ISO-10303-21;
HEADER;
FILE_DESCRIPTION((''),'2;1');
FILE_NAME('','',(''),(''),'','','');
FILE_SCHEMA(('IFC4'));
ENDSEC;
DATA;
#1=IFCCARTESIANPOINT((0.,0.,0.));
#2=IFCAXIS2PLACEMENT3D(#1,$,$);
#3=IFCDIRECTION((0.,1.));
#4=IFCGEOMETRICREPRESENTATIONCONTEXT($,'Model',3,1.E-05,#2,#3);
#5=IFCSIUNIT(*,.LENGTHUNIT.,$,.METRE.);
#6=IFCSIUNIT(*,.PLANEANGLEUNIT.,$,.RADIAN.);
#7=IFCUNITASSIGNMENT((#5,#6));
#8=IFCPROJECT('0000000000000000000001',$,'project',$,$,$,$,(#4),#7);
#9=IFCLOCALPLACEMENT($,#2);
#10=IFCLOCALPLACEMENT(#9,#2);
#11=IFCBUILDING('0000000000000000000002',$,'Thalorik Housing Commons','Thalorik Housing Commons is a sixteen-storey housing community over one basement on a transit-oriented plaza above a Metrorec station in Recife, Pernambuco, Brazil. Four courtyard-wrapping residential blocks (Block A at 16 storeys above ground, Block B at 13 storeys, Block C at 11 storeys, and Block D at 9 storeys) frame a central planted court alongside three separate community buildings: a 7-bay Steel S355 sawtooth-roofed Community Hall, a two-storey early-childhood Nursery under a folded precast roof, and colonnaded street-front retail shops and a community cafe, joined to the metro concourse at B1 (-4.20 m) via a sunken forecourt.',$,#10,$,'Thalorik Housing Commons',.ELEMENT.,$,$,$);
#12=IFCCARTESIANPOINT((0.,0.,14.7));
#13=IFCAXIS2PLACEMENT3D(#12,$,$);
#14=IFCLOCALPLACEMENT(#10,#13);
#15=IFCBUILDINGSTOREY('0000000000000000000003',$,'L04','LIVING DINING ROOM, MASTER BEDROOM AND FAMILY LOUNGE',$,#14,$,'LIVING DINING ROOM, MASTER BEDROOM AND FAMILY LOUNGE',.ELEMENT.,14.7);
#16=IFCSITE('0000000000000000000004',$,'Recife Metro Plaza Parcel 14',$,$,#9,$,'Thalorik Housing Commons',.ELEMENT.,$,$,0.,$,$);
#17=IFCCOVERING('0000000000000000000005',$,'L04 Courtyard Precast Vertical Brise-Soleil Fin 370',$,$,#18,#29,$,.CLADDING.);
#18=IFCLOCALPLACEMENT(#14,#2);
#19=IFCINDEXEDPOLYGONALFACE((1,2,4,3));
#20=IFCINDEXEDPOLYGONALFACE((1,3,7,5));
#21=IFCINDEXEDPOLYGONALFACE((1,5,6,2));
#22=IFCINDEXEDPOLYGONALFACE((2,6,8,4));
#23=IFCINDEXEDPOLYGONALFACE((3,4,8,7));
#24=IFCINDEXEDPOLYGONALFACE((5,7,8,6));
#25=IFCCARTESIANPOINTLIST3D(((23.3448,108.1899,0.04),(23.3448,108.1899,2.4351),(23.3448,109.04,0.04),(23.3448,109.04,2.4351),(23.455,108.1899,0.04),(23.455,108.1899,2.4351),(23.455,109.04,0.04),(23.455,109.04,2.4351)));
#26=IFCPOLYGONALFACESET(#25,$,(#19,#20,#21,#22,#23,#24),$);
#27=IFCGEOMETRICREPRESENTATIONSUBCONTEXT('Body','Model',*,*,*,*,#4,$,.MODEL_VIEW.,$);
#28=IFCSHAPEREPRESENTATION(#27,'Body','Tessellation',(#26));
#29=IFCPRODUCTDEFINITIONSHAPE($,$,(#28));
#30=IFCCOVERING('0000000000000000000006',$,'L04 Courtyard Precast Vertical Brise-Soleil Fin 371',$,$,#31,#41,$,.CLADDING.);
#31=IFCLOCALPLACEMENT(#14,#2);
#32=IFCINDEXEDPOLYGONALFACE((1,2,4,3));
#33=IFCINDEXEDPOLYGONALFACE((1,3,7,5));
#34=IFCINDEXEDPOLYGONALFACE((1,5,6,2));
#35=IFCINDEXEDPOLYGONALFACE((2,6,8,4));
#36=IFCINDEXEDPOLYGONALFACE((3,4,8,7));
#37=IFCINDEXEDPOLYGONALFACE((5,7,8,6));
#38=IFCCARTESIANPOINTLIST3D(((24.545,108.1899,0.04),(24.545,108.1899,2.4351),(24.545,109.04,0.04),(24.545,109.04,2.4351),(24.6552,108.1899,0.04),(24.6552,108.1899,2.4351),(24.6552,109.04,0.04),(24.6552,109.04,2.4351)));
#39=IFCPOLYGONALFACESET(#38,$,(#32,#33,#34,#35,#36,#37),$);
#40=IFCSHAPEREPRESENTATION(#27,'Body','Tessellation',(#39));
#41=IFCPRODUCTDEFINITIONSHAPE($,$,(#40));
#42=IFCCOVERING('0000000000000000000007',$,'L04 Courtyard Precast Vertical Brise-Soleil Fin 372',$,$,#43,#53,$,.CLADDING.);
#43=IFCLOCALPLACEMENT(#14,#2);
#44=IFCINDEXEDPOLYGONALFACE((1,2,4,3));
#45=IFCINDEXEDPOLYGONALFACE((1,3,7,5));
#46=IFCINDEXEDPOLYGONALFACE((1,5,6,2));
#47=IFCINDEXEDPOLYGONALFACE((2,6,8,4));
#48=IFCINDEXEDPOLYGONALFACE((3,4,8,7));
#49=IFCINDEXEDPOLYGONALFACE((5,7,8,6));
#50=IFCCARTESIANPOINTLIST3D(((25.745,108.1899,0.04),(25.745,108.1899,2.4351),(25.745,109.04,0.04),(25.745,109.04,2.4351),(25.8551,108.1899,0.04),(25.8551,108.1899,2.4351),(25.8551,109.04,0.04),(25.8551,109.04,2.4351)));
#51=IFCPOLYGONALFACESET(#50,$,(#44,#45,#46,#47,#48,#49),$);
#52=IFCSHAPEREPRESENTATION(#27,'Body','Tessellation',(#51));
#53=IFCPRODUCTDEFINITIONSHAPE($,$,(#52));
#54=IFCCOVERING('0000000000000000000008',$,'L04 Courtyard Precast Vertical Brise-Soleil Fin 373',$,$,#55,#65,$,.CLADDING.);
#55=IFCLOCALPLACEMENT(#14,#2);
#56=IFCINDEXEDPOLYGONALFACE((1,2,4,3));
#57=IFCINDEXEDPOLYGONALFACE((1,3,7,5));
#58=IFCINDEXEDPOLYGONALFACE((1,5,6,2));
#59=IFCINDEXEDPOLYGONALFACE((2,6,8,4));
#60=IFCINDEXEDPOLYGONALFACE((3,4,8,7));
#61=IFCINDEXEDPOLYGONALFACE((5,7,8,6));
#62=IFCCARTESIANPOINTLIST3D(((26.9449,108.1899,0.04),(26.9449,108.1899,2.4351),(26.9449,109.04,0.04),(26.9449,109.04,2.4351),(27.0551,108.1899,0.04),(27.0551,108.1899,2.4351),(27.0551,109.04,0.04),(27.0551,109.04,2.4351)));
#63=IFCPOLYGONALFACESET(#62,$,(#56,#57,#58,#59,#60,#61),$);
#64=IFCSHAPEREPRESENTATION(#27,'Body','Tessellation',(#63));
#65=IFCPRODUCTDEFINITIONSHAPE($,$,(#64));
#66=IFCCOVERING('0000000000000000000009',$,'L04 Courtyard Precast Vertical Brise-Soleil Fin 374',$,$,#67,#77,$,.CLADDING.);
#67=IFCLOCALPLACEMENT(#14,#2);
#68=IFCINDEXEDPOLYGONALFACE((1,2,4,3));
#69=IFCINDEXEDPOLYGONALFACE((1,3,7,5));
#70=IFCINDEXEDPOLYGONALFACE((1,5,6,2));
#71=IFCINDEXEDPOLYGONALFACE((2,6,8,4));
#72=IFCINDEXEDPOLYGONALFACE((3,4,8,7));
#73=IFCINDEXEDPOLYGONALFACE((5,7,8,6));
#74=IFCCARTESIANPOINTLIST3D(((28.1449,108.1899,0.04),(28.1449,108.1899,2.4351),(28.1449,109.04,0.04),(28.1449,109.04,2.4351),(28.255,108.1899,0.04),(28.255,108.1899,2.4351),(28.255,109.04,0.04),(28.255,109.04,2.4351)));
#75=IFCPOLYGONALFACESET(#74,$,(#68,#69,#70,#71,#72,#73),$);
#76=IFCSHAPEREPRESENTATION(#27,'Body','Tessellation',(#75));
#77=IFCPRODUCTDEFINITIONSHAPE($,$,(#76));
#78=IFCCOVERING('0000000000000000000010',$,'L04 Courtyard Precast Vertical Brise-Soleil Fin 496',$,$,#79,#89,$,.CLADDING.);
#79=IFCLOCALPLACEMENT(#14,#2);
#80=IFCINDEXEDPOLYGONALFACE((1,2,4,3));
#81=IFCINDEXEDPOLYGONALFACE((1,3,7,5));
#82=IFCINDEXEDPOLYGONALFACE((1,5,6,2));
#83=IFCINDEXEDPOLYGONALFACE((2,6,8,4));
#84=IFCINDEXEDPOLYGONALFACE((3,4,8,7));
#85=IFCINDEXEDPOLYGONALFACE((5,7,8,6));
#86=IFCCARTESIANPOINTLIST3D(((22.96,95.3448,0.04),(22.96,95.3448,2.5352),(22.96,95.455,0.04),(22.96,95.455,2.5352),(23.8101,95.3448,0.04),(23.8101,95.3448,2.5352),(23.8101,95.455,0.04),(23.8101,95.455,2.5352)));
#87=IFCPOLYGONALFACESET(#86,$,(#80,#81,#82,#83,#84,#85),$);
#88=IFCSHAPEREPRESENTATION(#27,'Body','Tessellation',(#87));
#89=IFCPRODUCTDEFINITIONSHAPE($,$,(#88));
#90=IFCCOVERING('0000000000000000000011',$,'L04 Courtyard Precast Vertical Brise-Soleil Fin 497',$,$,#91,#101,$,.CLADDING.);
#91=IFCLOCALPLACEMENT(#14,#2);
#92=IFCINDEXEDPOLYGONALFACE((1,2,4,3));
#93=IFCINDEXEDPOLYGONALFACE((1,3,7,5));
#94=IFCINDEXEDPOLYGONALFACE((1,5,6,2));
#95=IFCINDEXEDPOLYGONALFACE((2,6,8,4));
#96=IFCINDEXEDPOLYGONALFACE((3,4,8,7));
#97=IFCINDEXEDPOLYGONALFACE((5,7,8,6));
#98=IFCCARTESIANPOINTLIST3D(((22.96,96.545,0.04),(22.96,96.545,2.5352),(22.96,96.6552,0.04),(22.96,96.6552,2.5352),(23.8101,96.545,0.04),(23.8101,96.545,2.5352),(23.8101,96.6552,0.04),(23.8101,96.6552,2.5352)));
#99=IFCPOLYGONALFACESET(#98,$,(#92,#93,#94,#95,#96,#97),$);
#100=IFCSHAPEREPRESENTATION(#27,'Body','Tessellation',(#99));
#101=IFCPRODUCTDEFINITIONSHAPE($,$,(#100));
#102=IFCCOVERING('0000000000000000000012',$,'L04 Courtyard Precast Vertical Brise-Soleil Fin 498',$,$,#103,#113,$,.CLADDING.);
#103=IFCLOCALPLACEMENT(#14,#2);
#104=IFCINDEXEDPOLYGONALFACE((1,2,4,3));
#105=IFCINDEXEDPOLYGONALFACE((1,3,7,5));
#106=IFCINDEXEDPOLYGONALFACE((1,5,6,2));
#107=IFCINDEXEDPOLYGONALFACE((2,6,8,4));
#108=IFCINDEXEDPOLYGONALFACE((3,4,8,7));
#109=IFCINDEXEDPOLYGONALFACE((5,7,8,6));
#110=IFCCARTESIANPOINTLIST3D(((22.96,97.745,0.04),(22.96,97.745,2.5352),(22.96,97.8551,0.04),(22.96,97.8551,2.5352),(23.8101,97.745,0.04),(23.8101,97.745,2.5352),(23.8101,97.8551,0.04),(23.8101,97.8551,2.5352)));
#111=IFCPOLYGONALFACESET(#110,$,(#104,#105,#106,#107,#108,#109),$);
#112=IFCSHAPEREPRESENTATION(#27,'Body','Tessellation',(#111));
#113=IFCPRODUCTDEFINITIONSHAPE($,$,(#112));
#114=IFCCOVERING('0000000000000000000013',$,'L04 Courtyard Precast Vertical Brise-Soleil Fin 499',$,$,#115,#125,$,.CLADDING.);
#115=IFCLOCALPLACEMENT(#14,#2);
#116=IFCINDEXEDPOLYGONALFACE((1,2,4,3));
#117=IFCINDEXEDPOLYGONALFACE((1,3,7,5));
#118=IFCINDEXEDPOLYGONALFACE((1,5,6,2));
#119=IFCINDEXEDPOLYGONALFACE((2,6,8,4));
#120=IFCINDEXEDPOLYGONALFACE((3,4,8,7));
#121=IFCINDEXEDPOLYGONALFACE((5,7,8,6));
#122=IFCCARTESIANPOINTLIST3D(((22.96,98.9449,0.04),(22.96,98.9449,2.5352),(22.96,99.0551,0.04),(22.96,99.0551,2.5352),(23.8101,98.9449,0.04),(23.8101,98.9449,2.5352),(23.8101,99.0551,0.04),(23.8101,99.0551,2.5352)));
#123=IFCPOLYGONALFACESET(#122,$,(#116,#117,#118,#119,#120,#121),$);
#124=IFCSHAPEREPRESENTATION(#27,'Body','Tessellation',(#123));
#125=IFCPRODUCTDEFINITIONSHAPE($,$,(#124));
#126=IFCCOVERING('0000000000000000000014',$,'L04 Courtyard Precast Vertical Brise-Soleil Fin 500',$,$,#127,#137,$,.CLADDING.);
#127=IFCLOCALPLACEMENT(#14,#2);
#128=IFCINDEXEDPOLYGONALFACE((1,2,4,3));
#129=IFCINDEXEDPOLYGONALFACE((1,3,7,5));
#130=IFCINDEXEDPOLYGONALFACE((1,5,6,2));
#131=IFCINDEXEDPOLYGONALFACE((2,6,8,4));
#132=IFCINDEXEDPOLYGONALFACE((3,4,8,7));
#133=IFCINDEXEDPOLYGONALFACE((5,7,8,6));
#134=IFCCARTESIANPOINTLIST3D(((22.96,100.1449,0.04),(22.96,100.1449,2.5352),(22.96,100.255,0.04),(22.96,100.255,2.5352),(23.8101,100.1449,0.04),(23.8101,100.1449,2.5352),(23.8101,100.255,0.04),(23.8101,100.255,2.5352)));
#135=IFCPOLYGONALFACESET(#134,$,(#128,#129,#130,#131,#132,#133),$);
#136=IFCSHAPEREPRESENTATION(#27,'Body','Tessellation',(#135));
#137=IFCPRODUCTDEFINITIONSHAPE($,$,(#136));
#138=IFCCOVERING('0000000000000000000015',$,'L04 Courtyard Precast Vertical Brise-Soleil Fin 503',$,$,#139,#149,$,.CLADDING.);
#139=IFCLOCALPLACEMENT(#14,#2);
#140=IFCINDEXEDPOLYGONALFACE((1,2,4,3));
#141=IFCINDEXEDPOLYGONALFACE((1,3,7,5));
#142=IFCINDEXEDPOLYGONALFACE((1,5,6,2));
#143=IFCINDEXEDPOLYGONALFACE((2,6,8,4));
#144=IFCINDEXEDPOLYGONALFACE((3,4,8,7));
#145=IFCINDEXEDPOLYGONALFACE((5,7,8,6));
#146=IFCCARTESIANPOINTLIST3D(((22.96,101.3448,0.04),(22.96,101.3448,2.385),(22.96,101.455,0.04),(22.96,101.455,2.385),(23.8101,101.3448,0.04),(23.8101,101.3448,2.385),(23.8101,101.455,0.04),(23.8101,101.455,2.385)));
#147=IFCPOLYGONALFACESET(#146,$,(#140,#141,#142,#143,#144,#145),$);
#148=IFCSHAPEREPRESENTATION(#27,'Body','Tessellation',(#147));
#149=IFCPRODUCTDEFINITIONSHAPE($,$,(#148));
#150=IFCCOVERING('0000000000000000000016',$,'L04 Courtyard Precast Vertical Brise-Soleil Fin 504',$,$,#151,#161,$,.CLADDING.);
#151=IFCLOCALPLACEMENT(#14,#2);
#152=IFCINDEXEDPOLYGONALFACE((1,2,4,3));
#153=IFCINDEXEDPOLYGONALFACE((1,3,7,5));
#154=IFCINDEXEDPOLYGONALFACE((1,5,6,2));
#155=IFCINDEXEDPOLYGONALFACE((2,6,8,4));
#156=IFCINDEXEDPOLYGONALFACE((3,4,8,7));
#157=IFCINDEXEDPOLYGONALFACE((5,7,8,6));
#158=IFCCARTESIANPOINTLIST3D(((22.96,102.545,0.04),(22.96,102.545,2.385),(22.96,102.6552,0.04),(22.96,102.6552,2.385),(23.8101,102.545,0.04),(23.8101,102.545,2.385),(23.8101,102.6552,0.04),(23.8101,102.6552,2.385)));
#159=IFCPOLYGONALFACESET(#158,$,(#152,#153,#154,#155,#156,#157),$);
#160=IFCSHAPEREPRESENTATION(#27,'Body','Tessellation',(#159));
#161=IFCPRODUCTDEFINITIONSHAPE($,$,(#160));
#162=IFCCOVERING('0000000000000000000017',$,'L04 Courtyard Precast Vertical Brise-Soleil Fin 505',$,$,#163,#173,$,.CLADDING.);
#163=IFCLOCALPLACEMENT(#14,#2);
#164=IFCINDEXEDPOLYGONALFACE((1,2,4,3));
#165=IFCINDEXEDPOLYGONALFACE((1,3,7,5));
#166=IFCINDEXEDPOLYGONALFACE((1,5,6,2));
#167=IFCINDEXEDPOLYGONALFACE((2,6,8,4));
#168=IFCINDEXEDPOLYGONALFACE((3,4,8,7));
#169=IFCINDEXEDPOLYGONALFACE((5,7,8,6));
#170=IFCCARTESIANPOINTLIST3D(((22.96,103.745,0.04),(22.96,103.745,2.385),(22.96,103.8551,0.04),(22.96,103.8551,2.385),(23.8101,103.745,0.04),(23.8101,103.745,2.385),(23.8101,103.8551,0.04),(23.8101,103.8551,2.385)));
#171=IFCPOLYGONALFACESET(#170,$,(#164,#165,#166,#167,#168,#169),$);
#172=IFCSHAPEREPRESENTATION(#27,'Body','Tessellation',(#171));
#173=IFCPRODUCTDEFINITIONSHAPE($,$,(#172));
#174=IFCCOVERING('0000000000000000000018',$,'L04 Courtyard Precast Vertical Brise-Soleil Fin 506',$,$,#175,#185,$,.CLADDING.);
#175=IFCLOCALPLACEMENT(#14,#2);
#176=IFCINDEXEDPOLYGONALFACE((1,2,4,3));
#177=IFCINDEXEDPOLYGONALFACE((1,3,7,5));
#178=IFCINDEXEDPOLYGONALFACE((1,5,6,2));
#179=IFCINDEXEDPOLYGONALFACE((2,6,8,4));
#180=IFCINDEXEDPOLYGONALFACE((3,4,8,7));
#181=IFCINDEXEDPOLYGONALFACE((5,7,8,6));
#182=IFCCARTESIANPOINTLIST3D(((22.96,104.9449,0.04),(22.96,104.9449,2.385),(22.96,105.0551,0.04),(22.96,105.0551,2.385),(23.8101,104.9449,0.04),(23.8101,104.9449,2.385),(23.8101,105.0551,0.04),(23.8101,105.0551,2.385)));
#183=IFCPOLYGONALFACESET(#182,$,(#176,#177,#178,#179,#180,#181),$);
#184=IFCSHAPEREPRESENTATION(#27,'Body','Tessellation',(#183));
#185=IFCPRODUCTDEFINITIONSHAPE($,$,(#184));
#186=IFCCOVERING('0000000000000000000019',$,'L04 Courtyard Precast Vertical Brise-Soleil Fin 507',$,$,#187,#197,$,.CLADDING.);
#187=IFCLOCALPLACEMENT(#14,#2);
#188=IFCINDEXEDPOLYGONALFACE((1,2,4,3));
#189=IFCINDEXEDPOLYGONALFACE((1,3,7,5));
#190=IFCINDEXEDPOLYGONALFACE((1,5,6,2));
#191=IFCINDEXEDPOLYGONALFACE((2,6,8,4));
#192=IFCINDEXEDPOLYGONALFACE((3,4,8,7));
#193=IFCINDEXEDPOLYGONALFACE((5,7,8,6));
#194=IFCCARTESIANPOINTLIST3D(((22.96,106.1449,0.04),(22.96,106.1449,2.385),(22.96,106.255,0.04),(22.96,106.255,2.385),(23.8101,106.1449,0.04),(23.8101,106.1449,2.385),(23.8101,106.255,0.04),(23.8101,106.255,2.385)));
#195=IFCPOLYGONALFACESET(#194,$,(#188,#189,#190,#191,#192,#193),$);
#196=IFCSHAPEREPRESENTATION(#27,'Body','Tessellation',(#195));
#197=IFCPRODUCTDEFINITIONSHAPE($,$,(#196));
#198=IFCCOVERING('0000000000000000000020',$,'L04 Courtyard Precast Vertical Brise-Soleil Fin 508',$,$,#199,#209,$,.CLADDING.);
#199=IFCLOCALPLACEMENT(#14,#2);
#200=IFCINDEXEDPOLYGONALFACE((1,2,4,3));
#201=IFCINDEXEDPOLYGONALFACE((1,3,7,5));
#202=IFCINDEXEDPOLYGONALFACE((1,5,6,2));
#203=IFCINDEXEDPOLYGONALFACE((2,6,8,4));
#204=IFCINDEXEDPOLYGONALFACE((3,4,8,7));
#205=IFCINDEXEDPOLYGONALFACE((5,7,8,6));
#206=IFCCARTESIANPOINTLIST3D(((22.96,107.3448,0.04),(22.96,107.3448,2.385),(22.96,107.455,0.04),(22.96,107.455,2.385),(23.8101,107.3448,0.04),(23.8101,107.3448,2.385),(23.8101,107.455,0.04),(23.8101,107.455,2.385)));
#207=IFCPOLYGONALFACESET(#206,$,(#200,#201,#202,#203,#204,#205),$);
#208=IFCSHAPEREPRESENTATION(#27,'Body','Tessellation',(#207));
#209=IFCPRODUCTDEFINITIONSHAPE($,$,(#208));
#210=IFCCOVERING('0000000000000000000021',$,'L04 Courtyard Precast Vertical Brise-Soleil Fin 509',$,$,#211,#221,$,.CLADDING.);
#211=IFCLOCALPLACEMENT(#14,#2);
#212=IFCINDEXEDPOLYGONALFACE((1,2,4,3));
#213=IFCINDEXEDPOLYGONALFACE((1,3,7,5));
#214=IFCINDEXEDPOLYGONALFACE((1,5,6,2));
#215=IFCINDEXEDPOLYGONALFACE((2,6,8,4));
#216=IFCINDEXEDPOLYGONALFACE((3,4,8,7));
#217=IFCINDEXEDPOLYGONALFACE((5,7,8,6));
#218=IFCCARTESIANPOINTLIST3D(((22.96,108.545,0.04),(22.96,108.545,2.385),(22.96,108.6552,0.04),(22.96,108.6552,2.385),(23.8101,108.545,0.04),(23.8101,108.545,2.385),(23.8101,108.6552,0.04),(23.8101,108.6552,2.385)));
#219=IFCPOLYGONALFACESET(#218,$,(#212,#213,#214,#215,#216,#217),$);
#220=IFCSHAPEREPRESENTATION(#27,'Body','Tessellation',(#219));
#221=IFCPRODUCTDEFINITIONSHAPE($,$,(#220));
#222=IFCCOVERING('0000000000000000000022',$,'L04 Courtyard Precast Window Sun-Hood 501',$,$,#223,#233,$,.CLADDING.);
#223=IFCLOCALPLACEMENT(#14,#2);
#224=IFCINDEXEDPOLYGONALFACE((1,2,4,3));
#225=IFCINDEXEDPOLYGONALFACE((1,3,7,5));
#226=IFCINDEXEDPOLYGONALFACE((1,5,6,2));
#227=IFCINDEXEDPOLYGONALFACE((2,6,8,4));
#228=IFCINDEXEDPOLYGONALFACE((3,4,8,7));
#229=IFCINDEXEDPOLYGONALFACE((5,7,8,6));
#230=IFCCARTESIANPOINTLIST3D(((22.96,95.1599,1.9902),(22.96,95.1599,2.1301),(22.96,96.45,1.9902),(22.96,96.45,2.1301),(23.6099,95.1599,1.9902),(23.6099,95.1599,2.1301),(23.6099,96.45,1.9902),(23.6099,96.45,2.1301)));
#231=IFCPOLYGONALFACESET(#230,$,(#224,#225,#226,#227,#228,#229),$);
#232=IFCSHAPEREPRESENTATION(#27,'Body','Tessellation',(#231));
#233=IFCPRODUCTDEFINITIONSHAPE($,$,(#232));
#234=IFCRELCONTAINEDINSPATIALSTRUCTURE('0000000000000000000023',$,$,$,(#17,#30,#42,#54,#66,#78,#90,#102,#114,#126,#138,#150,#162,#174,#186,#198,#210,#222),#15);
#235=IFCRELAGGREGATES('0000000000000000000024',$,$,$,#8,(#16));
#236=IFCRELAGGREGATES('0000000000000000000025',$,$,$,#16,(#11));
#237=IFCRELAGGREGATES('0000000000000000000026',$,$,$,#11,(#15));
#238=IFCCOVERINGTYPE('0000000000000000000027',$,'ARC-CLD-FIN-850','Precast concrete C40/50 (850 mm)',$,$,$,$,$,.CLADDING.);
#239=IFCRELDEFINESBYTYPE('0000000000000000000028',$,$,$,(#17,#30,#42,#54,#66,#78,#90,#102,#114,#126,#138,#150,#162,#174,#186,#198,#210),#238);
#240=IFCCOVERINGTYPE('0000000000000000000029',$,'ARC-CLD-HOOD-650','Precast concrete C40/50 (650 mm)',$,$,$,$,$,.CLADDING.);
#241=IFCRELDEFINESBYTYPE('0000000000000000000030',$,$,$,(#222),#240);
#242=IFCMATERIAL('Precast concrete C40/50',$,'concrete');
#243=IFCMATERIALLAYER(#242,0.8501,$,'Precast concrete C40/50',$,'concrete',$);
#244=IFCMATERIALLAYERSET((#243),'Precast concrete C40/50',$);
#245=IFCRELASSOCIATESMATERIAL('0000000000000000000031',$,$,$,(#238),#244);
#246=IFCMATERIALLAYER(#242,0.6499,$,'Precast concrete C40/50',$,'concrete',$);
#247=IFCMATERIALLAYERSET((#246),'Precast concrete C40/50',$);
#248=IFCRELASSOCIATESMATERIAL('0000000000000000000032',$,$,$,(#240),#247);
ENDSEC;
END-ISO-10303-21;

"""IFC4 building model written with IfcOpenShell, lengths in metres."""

from ifc_helpers import new_model, si_unit, direction, frame, origin, origin_2d, place, context, subcontext, project, spatial, rectangle, extrude, material, layer, layer_set, type_object, element, save


model = new_model("IFC4")

# Units and contexts
model_context = context("Model", 3, precision=1e-05, world=origin(), true_north=direction((0.0, 1.0)))
body_context = subcontext(model_context, "Body", "Model", "MODEL_VIEW")
ifc_project = project(units=[si_unit("LENGTHUNIT", "METRE"), si_unit("PLANEANGLEUNIT", "RADIAN")], contexts=[model_context])

# Site, building, storey
site_placement = place(None, origin())
site = spatial("IfcSite", under=ifc_project, at=site_placement, Name="Recife Metro Plaza Parcel 14", LongName="Thalorik Housing Commons", CompositionType="ELEMENT", RefElevation=0.0)
building_placement = place(site_placement, origin())
building = spatial("IfcBuilding", under=site, at=building_placement, Name="Thalorik Housing Commons", Description="Thalorik Housing Commons is a sixteen-storey housing community over one basement on a transit-oriented plaza above a Metrorec station in Recife, Pernambuco, Brazil. Four courtyard-wrapping residential blocks (Block A at 16 storeys above ground, Block B at 13 storeys, Block C at 11 storeys, and Block D at 9 storeys) frame a central planted court alongside three separate community buildings: a 7-bay Steel S355 sawtooth-roofed Community Hall, a two-storey early-childhood Nursery under a folded precast roof, and colonnaded street-front retail shops and a community cafe, joined to the metro concourse at B1 (-4.20 m) via a sunken forecourt.", LongName="Thalorik Housing Commons", CompositionType="ELEMENT")
storey_placement = place(building_placement, frame((0.0, 0.0, 14.7)))
storey = spatial("IfcBuildingStorey", under=building, at=storey_placement, Name="L04", Description="LIVING DINING ROOM, MASTER BEDROOM AND FAMILY LOUNGE", LongName="LIVING DINING ROOM, MASTER BEDROOM AND FAMILY LOUNGE", CompositionType="ELEMENT", Elevation=14.7)

# Shared definitions
ifc_material_1 = material(Name="Precast concrete C40/50", Category="concrete")

# Coverings
ifc_layer_1 = layer(ifc_material_1, 0.8501, Name="Precast concrete C40/50", Category="concrete")
ifc_layer_set_1 = layer_set([ifc_layer_1], Name="Precast concrete C40/50")
covering_type_1 = type_object("IfcCoveringType", Name="ARC-CLD-FIN-850", Description="Precast concrete C40/50 (850 mm)", PredefinedType="CLADDING", material=ifc_layer_set_1)
for number, where, z_axis, x_axis, name in (
    (1, (23.3999, 108.615, 0.04), (0.0, 0.0, 1.0), (1.0, 0.0, 0.0), "L04 Courtyard Precast Vertical Brise-Soleil Fin 370"),
    (2, (24.6001, 108.615, 0.04), (0.0, 0.0, 1.0), (1.0, 0.0, 0.0), "L04 Courtyard Precast Vertical Brise-Soleil Fin 371"),
    (3, (25.8, 108.615, 0.04), (0.0, 0.0, 1.0), (1.0, 0.0, 0.0), "L04 Courtyard Precast Vertical Brise-Soleil Fin 372"),
    (4, (27.0, 108.615, 0.04), (0.0, 0.0, 1.0), (1.0, 0.0, 0.0), "L04 Courtyard Precast Vertical Brise-Soleil Fin 373"),
    (5, (28.2, 108.615, 0.04), (0.0, 0.0, 1.0), (1.0, 0.0, 0.0), "L04 Courtyard Precast Vertical Brise-Soleil Fin 374"),
):
    element("IfcCovering", number, at=place(storey_placement, frame(where, z_axis=z_axis, x_axis=x_axis)), inside=storey, type_object=covering_type_1, Name=name, PredefinedType="CLADDING", context=body_context, shape_type="SweptSolid", body=[
        extrude(rectangle(XDim=0.1101, YDim=0.8501, at=origin_2d()), origin(), (0.0, 0.0, 1.0), 2.395),
    ])
for number, where, z_axis, x_axis, name in (
    (6, (23.385, 95.3999, 0.04), (0.0, 0.0, 1.0), (0.0, 1.0, 0.0), "L04 Courtyard Precast Vertical Brise-Soleil Fin 496"),
    (7, (23.385, 96.6001, 0.04), (0.0, 0.0, 1.0), (0.0, 1.0, 0.0), "L04 Courtyard Precast Vertical Brise-Soleil Fin 497"),
    (8, (23.385, 97.8, 0.04), (0.0, 0.0, 1.0), (0.0, 1.0, 0.0), "L04 Courtyard Precast Vertical Brise-Soleil Fin 498"),
    (9, (23.385, 99.0, 0.04), (0.0, 0.0, 1.0), (0.0, 1.0, 0.0), "L04 Courtyard Precast Vertical Brise-Soleil Fin 499"),
    (10, (23.385, 100.2, 0.04), (0.0, 0.0, 1.0), (0.0, 1.0, 0.0), "L04 Courtyard Precast Vertical Brise-Soleil Fin 500"),
):
    element("IfcCovering", number, at=place(storey_placement, frame(where, z_axis=z_axis, x_axis=x_axis)), inside=storey, type_object=covering_type_1, Name=name, PredefinedType="CLADDING", context=body_context, shape_type="SweptSolid", body=[
        extrude(rectangle(XDim=0.1101, YDim=0.8501, at=origin_2d()), origin(), (0.0, 0.0, 1.0), 2.4951),
    ])
for number, where, z_axis, x_axis, name in (
    (11, (23.385, 101.3999, 0.04), (0.0, 0.0, 1.0), (0.0, 1.0, 0.0), "L04 Courtyard Precast Vertical Brise-Soleil Fin 503"),
    (12, (23.385, 102.6001, 0.04), (0.0, 0.0, 1.0), (0.0, 1.0, 0.0), "L04 Courtyard Precast Vertical Brise-Soleil Fin 504"),
    (13, (23.385, 103.8, 0.04), (0.0, 0.0, 1.0), (0.0, 1.0, 0.0), "L04 Courtyard Precast Vertical Brise-Soleil Fin 505"),
    (14, (23.385, 105.0, 0.04), (0.0, 0.0, 1.0), (0.0, 1.0, 0.0), "L04 Courtyard Precast Vertical Brise-Soleil Fin 506"),
    (15, (23.385, 106.2, 0.04), (0.0, 0.0, 1.0), (0.0, 1.0, 0.0), "L04 Courtyard Precast Vertical Brise-Soleil Fin 507"),
    (16, (23.385, 107.3999, 0.04), (0.0, 0.0, 1.0), (0.0, 1.0, 0.0), "L04 Courtyard Precast Vertical Brise-Soleil Fin 508"),
    (17, (23.385, 108.6001, 0.04), (0.0, 0.0, 1.0), (0.0, 1.0, 0.0), "L04 Courtyard Precast Vertical Brise-Soleil Fin 509"),
):
    element("IfcCovering", number, at=place(storey_placement, frame(where, z_axis=z_axis, x_axis=x_axis)), inside=storey, type_object=covering_type_1, Name=name, PredefinedType="CLADDING", context=body_context, shape_type="SweptSolid", body=[
        extrude(rectangle(XDim=0.1101, YDim=0.8501, at=origin_2d()), origin(), (0.0, 0.0, 1.0), 2.345),
    ])
ifc_layer_2 = layer(ifc_material_1, 0.6499, Name="Precast concrete C40/50", Category="concrete")
ifc_layer_set_2 = layer_set([ifc_layer_2], Name="Precast concrete C40/50")
covering_type_2 = type_object("IfcCoveringType", Name="ARC-CLD-HOOD-650", Description="Precast concrete C40/50 (650 mm)", PredefinedType="CLADDING", material=ifc_layer_set_2)
covering_1_placement = place(storey_placement, frame((23.2849, 95.8049, 1.9902), z_axis=(0.0, 0.0, 1.0), x_axis=(0.0, 1.0, 0.0)))
element("IfcCovering", 18, at=covering_1_placement, inside=storey, type_object=covering_type_2, Name="L04 Courtyard Precast Window Sun-Hood 501", PredefinedType="CLADDING", context=body_context, shape_type="SweptSolid", body=[
    extrude(rectangle(XDim=1.29, YDim=0.6499, at=origin_2d()), origin(), (0.0, 0.0, 1.0), 0.1399),
])

save(model, "model.ifc")
